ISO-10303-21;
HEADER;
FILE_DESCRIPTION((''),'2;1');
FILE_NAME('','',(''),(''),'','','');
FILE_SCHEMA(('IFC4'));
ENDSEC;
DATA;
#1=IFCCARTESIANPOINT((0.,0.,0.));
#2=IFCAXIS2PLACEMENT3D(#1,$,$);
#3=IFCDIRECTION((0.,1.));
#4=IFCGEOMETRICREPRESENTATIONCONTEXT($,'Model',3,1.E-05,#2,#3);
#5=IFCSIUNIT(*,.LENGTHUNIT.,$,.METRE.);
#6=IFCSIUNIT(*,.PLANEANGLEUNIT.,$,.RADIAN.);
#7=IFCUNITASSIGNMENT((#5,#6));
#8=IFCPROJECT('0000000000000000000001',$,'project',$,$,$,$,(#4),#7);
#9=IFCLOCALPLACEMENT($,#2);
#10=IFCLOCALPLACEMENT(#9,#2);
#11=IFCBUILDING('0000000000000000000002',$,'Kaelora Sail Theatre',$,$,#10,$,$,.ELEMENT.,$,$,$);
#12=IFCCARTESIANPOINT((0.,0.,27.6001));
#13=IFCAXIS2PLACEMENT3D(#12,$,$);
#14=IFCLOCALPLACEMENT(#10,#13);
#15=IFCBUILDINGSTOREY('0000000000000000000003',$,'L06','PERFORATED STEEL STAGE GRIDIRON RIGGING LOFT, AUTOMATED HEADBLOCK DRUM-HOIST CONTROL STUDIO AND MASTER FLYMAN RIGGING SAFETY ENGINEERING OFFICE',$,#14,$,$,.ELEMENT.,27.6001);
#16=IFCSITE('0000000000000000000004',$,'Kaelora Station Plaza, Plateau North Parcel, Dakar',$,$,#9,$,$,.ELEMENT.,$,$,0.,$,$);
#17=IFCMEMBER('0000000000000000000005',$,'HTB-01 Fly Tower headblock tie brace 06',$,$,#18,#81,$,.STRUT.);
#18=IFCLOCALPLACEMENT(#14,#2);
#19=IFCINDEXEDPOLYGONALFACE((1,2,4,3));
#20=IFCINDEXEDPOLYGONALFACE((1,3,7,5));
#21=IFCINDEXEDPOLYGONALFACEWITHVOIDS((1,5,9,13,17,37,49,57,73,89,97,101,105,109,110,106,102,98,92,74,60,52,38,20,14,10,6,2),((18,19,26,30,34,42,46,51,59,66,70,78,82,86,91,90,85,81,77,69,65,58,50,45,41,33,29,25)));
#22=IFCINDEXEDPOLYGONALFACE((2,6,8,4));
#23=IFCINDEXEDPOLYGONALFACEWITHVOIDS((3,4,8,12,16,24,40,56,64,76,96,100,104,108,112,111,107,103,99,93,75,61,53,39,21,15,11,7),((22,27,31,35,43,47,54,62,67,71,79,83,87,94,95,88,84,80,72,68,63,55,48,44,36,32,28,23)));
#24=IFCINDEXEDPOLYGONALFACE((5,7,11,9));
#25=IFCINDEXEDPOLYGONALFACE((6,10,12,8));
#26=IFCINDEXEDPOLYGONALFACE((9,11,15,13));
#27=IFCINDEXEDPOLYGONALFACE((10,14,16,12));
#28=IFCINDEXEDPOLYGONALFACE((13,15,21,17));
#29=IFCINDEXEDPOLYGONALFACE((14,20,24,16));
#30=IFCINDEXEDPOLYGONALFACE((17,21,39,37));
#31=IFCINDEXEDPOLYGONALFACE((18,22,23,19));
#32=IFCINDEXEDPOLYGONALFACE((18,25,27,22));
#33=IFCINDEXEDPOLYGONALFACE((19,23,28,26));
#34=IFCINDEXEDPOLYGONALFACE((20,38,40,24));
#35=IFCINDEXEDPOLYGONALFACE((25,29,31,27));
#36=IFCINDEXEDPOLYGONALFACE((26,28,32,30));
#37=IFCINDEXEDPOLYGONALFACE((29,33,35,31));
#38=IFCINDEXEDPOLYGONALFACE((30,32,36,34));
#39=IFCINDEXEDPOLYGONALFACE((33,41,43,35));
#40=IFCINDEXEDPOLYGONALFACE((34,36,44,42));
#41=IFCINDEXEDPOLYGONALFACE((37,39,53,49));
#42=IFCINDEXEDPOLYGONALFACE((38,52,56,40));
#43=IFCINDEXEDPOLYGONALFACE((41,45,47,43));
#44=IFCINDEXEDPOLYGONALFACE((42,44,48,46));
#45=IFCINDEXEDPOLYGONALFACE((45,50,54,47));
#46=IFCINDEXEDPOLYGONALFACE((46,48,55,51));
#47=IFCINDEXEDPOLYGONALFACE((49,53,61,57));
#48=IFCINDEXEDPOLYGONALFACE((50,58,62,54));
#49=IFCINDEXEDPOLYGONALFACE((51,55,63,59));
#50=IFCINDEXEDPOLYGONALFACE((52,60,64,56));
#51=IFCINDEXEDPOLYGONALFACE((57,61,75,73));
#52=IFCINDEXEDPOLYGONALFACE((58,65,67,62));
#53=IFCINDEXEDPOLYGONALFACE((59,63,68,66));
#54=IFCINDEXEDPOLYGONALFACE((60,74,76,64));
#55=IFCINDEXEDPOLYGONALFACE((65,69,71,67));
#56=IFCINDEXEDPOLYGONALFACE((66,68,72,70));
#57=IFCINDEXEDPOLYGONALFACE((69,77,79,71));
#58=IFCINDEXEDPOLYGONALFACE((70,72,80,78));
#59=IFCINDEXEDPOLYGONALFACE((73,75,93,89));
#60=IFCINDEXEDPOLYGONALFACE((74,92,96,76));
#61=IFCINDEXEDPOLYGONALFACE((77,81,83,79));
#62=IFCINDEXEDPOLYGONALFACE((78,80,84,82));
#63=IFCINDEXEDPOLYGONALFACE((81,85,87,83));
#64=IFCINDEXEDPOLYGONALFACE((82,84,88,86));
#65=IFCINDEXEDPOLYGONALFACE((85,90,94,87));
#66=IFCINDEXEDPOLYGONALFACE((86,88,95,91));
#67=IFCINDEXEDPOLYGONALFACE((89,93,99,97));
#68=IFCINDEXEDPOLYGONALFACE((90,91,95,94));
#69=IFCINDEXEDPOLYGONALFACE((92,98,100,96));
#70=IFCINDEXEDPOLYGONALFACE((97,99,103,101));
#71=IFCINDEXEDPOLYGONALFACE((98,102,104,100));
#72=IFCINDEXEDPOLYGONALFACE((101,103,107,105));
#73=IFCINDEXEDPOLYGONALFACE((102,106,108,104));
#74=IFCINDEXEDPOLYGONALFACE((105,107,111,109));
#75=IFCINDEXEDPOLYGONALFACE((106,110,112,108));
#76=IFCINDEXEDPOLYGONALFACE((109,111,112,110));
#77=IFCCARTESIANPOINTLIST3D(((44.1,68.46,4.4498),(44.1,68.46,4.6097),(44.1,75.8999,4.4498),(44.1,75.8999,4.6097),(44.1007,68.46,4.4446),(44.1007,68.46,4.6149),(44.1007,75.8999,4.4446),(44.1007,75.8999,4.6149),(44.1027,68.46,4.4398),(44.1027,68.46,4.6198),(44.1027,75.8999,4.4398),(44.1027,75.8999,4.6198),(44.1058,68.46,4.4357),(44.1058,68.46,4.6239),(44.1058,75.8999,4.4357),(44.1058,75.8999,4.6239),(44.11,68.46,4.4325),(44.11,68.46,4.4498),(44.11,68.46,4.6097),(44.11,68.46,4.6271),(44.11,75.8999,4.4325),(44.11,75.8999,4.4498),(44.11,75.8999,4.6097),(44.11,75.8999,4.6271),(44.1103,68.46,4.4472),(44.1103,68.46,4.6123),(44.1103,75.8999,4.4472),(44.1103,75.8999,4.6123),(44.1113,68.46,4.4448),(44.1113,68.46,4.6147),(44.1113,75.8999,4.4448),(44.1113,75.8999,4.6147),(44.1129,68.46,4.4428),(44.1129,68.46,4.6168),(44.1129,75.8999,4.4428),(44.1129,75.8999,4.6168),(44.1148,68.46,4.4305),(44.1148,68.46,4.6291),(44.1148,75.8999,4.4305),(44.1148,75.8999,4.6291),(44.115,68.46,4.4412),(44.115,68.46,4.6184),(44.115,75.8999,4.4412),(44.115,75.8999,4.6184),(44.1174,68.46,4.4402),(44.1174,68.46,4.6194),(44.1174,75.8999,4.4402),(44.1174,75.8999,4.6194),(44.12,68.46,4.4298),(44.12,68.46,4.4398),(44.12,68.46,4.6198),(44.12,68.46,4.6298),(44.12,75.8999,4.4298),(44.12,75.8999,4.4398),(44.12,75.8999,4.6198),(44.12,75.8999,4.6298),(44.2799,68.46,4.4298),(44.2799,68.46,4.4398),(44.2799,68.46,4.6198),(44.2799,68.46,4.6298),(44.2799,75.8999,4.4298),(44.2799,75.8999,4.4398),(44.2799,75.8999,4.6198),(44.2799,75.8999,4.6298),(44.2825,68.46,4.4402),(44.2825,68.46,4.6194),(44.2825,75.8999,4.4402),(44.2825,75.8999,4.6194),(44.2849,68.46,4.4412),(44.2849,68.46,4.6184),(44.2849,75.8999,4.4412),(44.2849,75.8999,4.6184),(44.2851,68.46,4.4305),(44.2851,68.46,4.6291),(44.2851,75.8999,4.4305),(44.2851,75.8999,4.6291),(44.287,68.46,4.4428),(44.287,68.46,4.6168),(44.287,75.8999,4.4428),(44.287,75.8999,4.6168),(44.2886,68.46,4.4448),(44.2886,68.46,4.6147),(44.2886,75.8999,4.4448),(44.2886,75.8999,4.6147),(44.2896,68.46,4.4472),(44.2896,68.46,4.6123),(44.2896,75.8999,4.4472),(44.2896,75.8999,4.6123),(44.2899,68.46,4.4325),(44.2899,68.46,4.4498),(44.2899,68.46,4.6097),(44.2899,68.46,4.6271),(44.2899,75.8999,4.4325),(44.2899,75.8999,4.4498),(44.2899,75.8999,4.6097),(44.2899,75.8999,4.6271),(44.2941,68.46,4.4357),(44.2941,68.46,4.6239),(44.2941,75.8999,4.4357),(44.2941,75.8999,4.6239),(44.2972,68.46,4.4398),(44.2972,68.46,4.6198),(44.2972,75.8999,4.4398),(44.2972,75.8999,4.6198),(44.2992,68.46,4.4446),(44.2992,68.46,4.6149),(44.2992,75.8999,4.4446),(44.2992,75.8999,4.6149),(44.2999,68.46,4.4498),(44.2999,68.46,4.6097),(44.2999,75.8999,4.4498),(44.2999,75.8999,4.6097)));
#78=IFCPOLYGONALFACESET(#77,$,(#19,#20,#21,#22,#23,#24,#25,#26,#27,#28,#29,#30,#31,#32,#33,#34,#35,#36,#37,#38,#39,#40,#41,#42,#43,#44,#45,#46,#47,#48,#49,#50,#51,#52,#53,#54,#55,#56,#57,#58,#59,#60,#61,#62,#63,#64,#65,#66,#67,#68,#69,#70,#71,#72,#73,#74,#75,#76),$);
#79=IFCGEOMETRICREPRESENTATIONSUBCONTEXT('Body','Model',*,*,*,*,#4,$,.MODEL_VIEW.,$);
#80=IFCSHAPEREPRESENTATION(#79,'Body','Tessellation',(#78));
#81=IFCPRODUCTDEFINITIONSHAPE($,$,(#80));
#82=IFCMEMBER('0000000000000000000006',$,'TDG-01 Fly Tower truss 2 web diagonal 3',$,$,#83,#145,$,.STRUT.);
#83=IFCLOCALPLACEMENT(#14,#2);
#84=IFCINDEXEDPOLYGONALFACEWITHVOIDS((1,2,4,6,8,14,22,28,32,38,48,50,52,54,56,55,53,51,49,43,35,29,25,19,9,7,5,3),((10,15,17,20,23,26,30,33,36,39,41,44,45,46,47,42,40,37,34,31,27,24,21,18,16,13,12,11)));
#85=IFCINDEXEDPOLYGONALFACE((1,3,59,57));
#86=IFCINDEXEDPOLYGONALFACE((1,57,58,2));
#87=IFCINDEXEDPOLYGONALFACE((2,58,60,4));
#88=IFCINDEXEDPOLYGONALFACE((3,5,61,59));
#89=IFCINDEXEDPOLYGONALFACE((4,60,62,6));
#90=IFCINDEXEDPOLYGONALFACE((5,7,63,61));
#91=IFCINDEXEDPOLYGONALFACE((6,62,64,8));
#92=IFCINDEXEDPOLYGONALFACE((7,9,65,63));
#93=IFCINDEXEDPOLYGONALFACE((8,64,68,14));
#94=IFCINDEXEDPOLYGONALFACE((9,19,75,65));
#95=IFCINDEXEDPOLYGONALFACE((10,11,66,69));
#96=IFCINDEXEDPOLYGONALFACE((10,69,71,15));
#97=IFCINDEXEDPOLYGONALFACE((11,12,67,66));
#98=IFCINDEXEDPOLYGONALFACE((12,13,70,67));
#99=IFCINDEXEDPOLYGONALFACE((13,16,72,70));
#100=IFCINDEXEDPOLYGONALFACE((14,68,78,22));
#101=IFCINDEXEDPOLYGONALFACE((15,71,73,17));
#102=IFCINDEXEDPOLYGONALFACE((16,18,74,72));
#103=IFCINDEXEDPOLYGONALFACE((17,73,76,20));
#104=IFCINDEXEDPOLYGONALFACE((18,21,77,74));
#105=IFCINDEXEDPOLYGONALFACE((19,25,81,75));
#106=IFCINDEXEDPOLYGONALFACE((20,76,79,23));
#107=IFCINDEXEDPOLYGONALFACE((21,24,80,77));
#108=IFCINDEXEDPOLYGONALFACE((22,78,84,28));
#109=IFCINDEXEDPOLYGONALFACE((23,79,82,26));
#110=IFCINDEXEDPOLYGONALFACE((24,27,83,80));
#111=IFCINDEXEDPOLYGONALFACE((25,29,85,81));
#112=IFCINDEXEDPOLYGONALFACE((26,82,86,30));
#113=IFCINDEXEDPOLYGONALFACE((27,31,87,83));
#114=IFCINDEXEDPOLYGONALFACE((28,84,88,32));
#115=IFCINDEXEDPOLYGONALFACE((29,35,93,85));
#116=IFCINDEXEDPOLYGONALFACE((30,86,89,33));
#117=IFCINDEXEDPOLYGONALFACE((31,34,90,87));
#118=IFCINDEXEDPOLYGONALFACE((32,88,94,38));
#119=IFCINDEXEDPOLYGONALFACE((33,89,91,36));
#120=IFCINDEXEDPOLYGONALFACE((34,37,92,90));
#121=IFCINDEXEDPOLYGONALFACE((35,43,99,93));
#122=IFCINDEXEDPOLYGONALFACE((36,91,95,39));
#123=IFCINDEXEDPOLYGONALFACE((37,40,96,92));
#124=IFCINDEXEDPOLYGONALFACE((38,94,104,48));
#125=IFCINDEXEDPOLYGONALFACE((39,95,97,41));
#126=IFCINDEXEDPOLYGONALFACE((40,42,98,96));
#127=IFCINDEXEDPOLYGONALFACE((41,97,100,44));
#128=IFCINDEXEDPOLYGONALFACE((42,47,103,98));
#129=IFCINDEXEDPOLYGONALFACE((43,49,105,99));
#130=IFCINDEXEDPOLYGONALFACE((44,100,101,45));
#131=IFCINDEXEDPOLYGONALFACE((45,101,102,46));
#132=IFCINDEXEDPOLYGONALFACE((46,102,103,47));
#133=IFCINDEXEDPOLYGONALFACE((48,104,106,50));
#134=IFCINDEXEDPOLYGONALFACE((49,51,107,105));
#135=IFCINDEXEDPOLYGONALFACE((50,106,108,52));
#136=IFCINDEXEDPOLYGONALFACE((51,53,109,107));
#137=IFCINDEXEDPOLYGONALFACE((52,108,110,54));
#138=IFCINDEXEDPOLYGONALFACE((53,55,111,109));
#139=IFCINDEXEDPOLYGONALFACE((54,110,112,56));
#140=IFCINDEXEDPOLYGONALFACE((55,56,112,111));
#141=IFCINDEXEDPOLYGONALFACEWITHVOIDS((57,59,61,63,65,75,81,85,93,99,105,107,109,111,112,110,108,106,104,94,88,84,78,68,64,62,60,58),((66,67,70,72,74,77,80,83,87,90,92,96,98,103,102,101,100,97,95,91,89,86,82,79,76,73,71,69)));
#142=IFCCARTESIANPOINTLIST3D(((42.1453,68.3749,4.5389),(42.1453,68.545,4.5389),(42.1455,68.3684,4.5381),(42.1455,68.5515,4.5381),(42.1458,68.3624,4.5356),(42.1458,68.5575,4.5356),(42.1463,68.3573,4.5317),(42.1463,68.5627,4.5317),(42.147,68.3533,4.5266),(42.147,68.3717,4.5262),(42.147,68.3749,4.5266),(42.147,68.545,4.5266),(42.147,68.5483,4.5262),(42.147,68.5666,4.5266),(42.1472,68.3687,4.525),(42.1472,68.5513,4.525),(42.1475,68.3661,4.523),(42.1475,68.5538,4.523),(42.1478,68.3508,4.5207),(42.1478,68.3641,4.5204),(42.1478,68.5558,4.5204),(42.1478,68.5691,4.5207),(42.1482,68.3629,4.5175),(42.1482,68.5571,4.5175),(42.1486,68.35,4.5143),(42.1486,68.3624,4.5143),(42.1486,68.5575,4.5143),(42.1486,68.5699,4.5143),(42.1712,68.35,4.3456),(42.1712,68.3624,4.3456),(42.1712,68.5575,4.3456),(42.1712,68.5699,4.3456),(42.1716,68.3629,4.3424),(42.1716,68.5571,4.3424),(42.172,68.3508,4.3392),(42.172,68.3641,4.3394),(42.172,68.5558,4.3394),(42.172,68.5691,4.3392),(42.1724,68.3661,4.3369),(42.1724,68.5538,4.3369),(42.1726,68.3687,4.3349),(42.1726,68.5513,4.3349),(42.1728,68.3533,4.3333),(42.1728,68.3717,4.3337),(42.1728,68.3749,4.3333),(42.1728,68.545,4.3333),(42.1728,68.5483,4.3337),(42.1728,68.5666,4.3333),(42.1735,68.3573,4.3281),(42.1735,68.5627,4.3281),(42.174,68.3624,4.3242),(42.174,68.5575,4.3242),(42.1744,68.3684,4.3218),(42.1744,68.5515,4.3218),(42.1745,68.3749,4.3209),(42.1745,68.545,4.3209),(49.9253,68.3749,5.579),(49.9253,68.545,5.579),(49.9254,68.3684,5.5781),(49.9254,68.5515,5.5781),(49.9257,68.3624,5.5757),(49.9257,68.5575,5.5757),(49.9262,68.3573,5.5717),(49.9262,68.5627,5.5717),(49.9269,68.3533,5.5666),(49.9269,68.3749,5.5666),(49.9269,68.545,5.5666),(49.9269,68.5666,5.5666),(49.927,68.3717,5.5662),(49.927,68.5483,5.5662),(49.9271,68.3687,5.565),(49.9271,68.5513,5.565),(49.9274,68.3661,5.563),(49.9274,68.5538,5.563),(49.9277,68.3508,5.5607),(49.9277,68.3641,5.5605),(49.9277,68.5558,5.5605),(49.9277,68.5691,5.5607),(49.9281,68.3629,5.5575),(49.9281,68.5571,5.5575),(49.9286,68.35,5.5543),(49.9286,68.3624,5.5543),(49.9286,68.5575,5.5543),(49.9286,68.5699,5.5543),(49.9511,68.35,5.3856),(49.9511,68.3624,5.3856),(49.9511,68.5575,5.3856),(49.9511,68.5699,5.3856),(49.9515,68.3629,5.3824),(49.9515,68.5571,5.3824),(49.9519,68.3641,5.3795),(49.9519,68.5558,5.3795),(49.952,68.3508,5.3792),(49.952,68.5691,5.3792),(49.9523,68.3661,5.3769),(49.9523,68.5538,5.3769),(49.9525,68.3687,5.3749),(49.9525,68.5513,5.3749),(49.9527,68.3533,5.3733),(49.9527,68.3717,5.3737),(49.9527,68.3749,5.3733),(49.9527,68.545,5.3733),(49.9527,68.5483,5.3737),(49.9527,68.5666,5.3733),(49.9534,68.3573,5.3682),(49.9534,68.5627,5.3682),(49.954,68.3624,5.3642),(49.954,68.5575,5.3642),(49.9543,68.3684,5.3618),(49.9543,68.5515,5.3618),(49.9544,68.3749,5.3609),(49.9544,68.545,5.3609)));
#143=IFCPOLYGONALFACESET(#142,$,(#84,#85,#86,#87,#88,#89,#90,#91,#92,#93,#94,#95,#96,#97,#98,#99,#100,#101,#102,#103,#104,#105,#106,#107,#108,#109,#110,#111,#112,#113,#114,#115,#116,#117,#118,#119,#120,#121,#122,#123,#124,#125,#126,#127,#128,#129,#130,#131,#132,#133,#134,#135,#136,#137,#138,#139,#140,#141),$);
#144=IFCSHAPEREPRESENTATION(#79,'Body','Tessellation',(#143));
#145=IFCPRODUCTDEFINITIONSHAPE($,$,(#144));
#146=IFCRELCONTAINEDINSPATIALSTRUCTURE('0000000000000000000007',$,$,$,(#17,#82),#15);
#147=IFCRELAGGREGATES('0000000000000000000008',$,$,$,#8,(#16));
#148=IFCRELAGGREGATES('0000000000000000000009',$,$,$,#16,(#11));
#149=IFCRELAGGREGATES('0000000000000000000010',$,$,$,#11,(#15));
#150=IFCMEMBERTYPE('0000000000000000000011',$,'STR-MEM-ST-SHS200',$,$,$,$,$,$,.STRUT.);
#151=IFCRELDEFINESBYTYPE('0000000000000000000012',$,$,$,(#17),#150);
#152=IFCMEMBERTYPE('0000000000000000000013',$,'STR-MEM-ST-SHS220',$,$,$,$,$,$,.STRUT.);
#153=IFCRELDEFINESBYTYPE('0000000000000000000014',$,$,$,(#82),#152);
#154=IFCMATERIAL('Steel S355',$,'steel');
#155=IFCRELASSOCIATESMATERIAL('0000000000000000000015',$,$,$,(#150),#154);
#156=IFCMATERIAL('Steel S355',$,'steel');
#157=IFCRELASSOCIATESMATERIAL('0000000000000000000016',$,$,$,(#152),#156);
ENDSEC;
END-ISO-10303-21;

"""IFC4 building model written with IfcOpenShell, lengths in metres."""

from ifc_helpers import new_model, si_unit, direction, frame, origin, origin_2d, place, context, subcontext, project, spatial, hollow_rectangle, extrude, material, material_profile, profile_set, type_object, element, save


model = new_model("IFC4")

# Units and contexts
model_context = context("Model", 3, precision=1e-05, world=origin(), true_north=direction((0.0, 1.0)))
body_context = subcontext(model_context, "Body", "Model", "MODEL_VIEW")
ifc_project = project(units=[si_unit("LENGTHUNIT", "METRE"), si_unit("PLANEANGLEUNIT", "RADIAN")], contexts=[model_context])

# Site, building, storey
site_placement = place(None, origin())
site = spatial("IfcSite", under=ifc_project, at=site_placement, Name="Kaelora Station Plaza, Plateau North Parcel, Dakar", CompositionType="ELEMENT", RefElevation=0.0)
building_placement = place(site_placement, origin())
building = spatial("IfcBuilding", under=site, at=building_placement, Name="Kaelora Sail Theatre", CompositionType="ELEMENT")
storey_placement = place(building_placement, frame((0.0, 0.0, 27.6001)))
storey = spatial("IfcBuildingStorey", under=building, at=storey_placement, Name="L06", Description="PERFORATED STEEL STAGE GRIDIRON RIGGING LOFT, AUTOMATED HEADBLOCK DRUM-HOIST CONTROL STUDIO AND MASTER FLYMAN RIGGING SAFETY ENGINEERING OFFICE", CompositionType="ELEMENT", Elevation=27.6001)

# Members
ifc_material_1 = material(Name="Steel S355", Category="steel")
ifc_material_profile_1 = material_profile(ifc_material_1, hollow_rectangle(XDim=0.2, YDim=0.2, WallThickness=0.01, InnerFilletRadius=0.01, OuterFilletRadius=0.02, at=origin_2d()), Name="SHS 200x200x10.0")
ifc_profile_set_1 = profile_set([ifc_material_profile_1], Name="Steel S355")
member_type_1 = type_object("IfcMemberType", Name="STR-MEM-ST-SHS200", PredefinedType="STRUT", material=ifc_profile_set_1)
member_1_placement = place(storey_placement, frame((44.2, 68.46, 4.5298), z_axis=(0.0, 1.0, 0.0), x_axis=(-1.0, 0.0, 0.0)))
element("IfcMember", 1, at=member_1_placement, inside=storey, type_object=member_type_1, Name="HTB-01 Fly Tower headblock tie brace 06", PredefinedType="STRUT", context=body_context, shape_type="SweptSolid", body=[
    extrude(hollow_rectangle(XDim=0.2, YDim=0.2, WallThickness=0.01, InnerFilletRadius=0.01, OuterFilletRadius=0.02, at=origin_2d()), origin(), (0.0, 0.0, 1.0), 7.4399),
])
ifc_material_2 = material(Name="Steel S355", Category="steel")
ifc_material_profile_2 = material_profile(ifc_material_2, hollow_rectangle(XDim=0.22, YDim=0.22, WallThickness=0.0125, InnerFilletRadius=0.0125, OuterFilletRadius=0.0249, at=origin_2d()), Name="SHS 220x220x12.5")
ifc_profile_set_2 = profile_set([ifc_material_profile_2], Name="Steel S355")
member_type_2 = type_object("IfcMemberType", Name="STR-MEM-ST-SHS220", PredefinedType="STRUT", material=ifc_profile_set_2)
member_2_placement = place(storey_placement, frame((42.1599, 68.46, 4.4299), z_axis=(0.991183, 0.0, 0.132502), x_axis=(0.0, 1.0, 0.0)))
element("IfcMember", 2, at=member_2_placement, inside=storey, type_object=member_type_2, Name="TDG-01 Fly Tower truss 2 web diagonal 3", PredefinedType="STRUT", context=body_context, shape_type="SweptSolid", body=[
    extrude(hollow_rectangle(XDim=0.22, YDim=0.22, WallThickness=0.0125, InnerFilletRadius=0.0125, OuterFilletRadius=0.0249, at=origin_2d()), origin(), (0.0, 0.0, 1.0), 7.8491),
])

save(model, "model.ifc")
